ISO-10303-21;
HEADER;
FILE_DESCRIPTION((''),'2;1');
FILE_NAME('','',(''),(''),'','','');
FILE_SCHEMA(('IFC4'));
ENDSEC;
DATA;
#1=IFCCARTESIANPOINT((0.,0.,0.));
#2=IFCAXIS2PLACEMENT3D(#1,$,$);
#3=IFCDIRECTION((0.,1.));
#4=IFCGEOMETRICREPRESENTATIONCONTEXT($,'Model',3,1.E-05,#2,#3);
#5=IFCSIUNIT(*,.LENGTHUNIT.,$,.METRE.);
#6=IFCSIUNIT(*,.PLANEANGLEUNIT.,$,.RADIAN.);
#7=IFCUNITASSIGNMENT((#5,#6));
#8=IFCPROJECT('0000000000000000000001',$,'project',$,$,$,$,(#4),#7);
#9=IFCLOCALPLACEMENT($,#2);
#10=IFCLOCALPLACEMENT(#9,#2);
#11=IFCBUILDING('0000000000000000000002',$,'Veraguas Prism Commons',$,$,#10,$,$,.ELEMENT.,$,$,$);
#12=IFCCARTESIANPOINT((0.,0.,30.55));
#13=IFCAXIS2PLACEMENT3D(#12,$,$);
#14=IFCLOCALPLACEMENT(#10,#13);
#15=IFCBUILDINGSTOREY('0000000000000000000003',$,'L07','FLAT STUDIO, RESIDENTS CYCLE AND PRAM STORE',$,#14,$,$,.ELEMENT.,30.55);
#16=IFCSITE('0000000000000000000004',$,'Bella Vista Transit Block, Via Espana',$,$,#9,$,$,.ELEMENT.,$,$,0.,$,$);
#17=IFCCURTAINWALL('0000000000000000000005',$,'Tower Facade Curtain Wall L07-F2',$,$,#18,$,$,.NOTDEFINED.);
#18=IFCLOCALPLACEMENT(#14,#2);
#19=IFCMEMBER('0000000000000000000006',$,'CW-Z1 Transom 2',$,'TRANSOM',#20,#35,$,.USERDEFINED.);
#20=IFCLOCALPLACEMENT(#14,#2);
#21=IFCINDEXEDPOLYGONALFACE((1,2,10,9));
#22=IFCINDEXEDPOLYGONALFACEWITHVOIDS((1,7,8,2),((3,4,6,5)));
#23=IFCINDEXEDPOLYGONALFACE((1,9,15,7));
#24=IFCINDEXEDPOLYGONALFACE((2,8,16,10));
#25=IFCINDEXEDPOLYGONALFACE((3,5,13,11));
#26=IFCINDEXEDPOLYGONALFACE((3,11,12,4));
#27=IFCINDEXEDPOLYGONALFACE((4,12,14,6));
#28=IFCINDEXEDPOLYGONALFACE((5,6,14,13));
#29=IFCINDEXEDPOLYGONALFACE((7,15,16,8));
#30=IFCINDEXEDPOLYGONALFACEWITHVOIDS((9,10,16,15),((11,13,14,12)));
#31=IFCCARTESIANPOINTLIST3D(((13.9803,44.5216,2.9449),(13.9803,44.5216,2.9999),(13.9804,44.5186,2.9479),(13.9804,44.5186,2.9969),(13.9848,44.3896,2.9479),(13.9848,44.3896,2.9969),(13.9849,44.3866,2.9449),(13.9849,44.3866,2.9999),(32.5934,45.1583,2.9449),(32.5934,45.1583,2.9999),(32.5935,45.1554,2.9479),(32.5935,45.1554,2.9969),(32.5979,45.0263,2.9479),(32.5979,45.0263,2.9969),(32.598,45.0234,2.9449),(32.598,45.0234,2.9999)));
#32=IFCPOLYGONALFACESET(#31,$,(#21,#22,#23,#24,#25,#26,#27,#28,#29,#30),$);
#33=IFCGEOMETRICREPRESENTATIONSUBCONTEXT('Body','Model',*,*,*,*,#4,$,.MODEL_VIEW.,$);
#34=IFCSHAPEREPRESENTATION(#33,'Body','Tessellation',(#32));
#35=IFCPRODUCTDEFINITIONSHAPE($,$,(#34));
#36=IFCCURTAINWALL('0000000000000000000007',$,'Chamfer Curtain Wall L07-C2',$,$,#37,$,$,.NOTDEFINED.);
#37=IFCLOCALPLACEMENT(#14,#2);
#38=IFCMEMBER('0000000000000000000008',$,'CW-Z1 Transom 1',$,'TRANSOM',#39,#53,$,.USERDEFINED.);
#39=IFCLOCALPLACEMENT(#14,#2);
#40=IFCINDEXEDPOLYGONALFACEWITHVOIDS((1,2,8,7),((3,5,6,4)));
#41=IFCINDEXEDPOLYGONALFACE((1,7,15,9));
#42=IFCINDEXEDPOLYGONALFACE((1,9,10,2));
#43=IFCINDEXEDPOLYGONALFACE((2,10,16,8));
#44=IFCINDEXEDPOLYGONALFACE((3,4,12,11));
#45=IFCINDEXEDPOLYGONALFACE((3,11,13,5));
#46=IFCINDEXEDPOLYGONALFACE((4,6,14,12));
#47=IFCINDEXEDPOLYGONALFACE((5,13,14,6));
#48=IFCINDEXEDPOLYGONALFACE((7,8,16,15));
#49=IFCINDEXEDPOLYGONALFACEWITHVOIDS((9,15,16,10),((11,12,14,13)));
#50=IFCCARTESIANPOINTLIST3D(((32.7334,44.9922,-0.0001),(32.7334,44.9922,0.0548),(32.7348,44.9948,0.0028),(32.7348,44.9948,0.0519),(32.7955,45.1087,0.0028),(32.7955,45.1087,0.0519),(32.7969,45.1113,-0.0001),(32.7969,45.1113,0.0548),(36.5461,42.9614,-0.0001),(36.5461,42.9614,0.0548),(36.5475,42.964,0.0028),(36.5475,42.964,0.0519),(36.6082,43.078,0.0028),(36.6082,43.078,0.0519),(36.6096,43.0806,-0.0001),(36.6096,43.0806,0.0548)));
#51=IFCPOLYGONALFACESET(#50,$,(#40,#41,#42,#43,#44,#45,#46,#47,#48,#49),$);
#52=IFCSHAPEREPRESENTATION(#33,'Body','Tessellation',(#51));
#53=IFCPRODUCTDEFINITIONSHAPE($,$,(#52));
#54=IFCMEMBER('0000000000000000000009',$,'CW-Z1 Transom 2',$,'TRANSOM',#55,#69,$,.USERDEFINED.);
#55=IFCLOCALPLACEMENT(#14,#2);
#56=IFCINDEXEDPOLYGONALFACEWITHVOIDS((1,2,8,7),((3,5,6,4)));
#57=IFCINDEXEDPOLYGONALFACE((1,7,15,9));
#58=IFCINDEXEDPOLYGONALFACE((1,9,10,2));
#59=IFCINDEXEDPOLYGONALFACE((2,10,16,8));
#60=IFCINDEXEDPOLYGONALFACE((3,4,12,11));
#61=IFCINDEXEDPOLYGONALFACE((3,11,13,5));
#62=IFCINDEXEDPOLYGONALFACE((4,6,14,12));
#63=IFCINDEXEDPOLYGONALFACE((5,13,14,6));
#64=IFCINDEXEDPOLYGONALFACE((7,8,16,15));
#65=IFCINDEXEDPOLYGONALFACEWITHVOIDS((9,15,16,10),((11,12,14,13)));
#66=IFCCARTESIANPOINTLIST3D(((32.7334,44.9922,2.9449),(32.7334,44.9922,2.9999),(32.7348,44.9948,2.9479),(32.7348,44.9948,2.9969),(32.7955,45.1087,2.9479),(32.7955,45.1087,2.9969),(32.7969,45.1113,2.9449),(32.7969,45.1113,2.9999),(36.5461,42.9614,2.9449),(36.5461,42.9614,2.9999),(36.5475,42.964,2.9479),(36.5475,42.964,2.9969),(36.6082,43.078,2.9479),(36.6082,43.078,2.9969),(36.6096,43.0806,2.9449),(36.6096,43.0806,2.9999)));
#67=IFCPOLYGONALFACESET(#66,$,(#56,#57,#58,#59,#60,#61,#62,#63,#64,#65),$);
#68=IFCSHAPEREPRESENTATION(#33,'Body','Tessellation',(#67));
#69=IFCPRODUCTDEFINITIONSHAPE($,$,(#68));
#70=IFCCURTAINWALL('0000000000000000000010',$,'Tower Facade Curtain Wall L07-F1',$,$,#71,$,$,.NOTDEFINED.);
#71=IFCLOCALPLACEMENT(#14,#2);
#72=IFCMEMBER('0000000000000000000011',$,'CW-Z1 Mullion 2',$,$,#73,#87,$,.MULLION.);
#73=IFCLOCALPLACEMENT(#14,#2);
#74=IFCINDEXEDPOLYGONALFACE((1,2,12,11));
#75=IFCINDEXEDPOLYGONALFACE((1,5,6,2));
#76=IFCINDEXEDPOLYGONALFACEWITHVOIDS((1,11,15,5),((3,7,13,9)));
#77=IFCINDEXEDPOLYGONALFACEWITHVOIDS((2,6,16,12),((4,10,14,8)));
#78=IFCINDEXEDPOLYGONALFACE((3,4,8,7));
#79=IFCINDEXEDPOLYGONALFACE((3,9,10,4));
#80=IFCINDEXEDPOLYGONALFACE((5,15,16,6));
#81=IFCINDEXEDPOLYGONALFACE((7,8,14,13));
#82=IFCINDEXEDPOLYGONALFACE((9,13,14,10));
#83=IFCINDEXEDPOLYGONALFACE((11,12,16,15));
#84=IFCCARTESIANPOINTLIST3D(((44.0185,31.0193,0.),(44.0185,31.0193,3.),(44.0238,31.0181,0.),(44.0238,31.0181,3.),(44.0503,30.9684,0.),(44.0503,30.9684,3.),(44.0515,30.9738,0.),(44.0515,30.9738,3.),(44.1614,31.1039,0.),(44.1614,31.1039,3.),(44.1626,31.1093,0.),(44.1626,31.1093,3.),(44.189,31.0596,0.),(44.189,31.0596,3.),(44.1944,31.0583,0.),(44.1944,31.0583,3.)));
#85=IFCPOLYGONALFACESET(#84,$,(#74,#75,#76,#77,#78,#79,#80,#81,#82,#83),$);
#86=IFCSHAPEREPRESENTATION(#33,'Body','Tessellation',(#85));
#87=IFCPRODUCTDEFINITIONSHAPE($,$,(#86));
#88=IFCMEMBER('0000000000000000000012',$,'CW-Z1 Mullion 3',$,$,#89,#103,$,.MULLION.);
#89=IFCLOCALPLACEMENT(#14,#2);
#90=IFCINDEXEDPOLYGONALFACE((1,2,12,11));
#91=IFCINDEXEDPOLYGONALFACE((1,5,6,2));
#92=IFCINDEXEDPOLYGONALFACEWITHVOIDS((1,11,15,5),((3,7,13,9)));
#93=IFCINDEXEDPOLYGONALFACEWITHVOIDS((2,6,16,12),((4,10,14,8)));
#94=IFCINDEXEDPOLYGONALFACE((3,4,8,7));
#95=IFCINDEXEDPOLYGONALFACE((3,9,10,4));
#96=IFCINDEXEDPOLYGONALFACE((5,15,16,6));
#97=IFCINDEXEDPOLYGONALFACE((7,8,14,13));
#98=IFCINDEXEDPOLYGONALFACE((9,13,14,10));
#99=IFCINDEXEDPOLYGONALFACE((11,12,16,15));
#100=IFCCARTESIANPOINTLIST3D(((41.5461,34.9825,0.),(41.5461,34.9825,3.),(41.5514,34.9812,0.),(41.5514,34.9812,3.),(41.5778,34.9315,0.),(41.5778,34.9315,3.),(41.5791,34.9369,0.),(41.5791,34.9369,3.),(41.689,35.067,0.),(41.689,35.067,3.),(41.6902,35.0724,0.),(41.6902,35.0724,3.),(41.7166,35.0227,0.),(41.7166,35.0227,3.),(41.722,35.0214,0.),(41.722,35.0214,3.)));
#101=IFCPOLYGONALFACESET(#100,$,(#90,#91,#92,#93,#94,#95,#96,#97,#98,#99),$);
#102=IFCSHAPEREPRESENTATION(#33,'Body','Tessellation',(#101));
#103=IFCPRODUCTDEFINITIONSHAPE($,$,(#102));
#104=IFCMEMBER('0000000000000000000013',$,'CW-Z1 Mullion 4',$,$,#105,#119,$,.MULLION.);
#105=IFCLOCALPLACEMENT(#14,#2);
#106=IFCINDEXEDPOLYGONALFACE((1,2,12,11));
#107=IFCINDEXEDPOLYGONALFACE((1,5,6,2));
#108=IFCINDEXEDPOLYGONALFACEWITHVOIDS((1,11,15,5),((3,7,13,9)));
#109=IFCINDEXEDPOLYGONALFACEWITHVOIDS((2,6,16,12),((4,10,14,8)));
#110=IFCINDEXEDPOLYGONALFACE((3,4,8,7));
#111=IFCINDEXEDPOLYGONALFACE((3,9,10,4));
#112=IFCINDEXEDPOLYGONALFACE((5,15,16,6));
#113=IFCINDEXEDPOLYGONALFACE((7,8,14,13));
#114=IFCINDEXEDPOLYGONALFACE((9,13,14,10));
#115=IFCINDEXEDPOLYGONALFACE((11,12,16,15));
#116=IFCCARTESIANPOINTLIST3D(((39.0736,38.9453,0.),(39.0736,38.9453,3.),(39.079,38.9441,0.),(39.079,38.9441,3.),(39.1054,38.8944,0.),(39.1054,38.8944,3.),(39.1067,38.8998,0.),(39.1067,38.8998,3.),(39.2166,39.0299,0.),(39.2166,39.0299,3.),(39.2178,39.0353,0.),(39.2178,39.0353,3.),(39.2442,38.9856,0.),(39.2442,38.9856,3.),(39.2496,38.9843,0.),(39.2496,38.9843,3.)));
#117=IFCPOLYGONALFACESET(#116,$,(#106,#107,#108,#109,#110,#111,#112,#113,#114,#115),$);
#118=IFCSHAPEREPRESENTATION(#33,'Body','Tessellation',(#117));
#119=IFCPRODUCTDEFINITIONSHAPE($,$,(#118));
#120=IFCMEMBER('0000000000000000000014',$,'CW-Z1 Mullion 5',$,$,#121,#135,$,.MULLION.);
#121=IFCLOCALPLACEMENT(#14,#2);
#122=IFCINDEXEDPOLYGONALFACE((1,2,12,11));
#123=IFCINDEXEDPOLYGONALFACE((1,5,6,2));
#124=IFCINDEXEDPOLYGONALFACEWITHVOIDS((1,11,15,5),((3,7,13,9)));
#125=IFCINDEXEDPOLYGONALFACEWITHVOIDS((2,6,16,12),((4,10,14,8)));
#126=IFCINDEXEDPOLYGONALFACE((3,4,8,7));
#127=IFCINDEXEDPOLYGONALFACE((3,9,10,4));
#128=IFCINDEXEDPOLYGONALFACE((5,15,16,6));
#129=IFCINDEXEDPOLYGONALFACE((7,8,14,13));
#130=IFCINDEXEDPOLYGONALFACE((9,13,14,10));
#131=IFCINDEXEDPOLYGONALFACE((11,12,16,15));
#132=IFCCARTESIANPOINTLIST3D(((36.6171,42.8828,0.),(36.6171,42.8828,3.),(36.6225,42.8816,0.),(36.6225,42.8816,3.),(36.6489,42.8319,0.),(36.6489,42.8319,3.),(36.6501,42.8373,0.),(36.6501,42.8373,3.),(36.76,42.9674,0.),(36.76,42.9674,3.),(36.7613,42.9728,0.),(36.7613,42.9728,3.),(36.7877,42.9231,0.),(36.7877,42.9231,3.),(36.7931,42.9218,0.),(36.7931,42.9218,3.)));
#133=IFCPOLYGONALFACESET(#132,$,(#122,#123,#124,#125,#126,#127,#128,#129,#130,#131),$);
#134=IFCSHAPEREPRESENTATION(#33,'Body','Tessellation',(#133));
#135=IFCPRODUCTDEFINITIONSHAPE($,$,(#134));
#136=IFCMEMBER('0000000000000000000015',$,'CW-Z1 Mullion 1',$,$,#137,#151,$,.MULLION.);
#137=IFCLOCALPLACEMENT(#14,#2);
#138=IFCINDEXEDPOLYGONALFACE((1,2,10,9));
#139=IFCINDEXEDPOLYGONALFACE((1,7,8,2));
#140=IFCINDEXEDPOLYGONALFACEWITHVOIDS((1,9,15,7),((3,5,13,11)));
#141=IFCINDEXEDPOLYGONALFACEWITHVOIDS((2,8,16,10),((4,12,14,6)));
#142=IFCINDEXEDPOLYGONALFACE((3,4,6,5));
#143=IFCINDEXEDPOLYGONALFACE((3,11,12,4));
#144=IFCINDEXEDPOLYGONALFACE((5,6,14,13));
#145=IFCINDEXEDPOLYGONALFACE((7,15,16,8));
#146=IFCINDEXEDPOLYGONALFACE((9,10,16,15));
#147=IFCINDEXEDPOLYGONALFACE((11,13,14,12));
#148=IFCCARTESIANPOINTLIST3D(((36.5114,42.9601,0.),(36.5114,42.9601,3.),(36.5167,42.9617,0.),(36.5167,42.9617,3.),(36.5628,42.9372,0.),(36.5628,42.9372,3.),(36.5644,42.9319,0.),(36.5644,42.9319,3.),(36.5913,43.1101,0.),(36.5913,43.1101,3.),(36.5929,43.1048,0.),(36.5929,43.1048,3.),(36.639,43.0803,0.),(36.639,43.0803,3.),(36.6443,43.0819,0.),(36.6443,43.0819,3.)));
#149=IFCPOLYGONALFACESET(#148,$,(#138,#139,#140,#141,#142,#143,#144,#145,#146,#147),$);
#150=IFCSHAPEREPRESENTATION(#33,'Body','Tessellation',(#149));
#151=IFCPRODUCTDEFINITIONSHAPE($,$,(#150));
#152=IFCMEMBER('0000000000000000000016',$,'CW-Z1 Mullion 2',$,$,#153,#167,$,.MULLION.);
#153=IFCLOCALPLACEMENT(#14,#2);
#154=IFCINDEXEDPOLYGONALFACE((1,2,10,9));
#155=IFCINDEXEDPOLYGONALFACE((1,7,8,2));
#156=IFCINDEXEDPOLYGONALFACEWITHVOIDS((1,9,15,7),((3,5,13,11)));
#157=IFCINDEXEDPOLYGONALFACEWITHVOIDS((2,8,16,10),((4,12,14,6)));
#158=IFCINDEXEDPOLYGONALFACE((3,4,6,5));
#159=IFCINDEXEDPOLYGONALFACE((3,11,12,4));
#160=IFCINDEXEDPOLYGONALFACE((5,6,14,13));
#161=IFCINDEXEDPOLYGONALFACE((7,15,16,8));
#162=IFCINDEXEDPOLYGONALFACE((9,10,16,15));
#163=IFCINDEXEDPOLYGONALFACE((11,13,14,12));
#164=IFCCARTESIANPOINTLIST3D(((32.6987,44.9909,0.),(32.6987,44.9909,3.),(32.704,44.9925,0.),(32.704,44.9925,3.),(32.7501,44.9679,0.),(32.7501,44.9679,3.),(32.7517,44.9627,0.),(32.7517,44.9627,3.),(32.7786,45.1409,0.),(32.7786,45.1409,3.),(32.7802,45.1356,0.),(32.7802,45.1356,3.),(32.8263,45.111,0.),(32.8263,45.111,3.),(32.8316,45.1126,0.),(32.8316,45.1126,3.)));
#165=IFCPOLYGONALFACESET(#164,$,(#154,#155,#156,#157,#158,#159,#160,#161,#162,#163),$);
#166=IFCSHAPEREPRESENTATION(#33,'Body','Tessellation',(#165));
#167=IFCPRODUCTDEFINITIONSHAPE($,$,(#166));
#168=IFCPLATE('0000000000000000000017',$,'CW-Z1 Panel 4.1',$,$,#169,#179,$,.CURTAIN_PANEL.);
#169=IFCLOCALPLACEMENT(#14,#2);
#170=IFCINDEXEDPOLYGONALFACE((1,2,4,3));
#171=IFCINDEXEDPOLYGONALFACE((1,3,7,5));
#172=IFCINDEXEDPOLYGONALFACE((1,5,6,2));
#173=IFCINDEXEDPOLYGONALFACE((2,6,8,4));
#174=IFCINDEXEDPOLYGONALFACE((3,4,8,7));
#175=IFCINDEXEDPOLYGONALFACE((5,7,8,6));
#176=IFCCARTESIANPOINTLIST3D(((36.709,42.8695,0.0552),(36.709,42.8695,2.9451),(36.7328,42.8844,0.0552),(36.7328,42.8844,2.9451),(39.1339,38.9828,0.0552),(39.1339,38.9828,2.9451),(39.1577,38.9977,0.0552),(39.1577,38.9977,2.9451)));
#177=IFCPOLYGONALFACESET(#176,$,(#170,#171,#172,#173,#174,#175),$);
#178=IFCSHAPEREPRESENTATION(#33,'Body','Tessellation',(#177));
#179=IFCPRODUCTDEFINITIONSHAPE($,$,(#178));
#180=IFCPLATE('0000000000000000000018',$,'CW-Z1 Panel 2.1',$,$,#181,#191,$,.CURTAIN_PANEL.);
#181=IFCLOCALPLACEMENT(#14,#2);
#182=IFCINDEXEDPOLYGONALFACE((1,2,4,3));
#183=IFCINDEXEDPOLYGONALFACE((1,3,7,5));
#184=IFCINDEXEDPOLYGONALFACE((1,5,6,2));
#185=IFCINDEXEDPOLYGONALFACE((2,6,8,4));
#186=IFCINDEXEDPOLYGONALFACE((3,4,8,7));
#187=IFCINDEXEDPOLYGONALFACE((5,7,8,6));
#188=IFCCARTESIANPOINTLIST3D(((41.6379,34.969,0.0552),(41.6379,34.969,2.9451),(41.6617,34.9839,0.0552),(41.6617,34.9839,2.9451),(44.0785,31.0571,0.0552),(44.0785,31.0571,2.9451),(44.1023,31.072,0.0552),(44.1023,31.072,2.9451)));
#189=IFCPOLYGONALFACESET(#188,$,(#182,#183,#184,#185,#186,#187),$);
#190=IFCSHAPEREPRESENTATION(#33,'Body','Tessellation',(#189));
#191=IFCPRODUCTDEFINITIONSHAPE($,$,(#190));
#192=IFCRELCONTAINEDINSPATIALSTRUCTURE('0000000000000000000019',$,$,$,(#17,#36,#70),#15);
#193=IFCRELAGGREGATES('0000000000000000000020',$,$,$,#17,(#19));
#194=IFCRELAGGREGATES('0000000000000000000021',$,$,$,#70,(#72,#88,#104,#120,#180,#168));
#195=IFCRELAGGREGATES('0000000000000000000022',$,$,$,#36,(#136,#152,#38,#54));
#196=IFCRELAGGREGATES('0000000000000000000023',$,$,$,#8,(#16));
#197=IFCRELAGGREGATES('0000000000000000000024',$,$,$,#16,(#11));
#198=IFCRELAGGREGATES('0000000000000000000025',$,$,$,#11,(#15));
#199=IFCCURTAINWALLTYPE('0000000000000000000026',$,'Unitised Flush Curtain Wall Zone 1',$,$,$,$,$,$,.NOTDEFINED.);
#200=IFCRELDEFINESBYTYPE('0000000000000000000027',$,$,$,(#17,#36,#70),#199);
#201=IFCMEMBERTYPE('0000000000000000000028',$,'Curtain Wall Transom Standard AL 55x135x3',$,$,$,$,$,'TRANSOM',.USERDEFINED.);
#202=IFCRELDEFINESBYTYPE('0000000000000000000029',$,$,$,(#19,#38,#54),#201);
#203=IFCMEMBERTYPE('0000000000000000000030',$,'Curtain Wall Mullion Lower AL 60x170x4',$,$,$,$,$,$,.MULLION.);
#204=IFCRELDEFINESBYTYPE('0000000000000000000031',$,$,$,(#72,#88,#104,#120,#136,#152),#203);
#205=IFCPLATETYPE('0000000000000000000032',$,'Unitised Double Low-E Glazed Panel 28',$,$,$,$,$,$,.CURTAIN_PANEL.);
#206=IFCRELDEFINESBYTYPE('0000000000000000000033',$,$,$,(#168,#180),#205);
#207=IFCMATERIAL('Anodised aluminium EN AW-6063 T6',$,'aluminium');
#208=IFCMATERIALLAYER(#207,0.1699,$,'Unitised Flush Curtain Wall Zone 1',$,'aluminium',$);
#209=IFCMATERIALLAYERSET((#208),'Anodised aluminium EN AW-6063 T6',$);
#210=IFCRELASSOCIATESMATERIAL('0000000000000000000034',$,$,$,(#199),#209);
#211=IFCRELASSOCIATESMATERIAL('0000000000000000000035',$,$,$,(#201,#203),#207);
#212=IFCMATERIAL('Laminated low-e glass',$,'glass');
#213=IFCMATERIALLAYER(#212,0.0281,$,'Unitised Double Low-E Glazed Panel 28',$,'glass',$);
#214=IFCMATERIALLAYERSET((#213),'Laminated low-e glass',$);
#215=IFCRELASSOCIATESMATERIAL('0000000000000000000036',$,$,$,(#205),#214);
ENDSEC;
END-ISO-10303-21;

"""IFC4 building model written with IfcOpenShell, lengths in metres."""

from ifc_helpers import new_model, si_unit, direction, frame, origin, origin_2d, place, context, subcontext, project, spatial, rectangle, hollow_rectangle, extrude, source, transform, mapped, material, layer, layer_set, material_profile, profile_set, type_object, element, aggregate, save


model = new_model("IFC4")

# Units and contexts
model_context = context("Model", 3, precision=1e-05, world=origin(), true_north=direction((0.0, 1.0)))
body_context = subcontext(model_context, "Body", "Model", "MODEL_VIEW")
ifc_project = project(units=[si_unit("LENGTHUNIT", "METRE"), si_unit("PLANEANGLEUNIT", "RADIAN")], contexts=[model_context])

# Site, building, storey
site_placement = place(None, origin())
site = spatial("IfcSite", under=ifc_project, at=site_placement, Name="Bella Vista Transit Block, Via Espana", CompositionType="ELEMENT", RefElevation=0.0)
building_placement = place(site_placement, origin())
building = spatial("IfcBuilding", under=site, at=building_placement, Name="Veraguas Prism Commons", CompositionType="ELEMENT")
storey_placement = place(building_placement, frame((0.0, 0.0, 30.55)))
storey = spatial("IfcBuildingStorey", under=building, at=storey_placement, Name="L07", Description="FLAT STUDIO, RESIDENTS CYCLE AND PRAM STORE", CompositionType="ELEMENT", Elevation=30.55)

# Curtain wall, member
ifc_material_1 = material(Name="Anodised aluminium EN AW-6063 T6", Category="aluminium")
ifc_layer_1 = layer(ifc_material_1, 0.1699, Name="Unitised Flush Curtain Wall Zone 1", Category="aluminium")
ifc_layer_set_1 = layer_set([ifc_layer_1], Name="Anodised aluminium EN AW-6063 T6")
curtain_wall_type = type_object("IfcCurtainWallType", Name="Unitised Flush Curtain Wall Zone 1", PredefinedType="NOTDEFINED", material=ifc_layer_set_1)
curtain_wall_1_placement = place(storey_placement, origin())
curtain_wall_1 = element("IfcCurtainWall", 1, at=curtain_wall_1_placement, inside=storey, type_object=curtain_wall_type, Name="Tower Facade Curtain Wall L07-F2", PredefinedType="NOTDEFINED")
ifc_material_profile_1 = material_profile(ifc_material_1, hollow_rectangle(XDim=0.0549, YDim=0.135, WallThickness=0.0029, at=origin_2d()), Name="AL55X135X3")
ifc_profile_set_1 = profile_set([ifc_material_profile_1], Name="Anodised aluminium EN AW-6063 T6")
member_type_1 = type_object("IfcMemberType", Name="Curtain Wall Transom Standard AL 55x135x3", ElementType="TRANSOM", PredefinedType="USERDEFINED", material=ifc_profile_set_1)
shared_shape_1 = source(origin(), body_context, "Body", "SweptSolid", [
    extrude(hollow_rectangle(XDim=0.0549, YDim=0.135, WallThickness=0.0029, at=origin_2d()), origin(), (0.0, 0.0, 1.0), 18.624),
])
member_1_placement = place(storey_placement, frame((32.5957, 45.0908, 2.9724), z_axis=(-0.999415, -0.034188, 0.0), x_axis=(0.0, 0.0, 1.0)))
member_1 = element("IfcMember", 2, at=member_1_placement, type_object=member_type_1, Name="CW-Z1 Transom 2", ObjectType="TRANSOM", PredefinedType="USERDEFINED", context=body_context, shape_type="MappedRepresentation", body=[
    mapped(shared_shape_1, transform((0.0, 0.0, 0.0), scale=1.0)),
])
aggregate(curtain_wall_1, [member_1])

# Curtain walls, members
curtain_wall_2_placement = place(storey_placement, origin())
curtain_wall_2 = element("IfcCurtainWall", 3, at=curtain_wall_2_placement, inside=storey, type_object=curtain_wall_type, Name="Chamfer Curtain Wall L07-C2", PredefinedType="NOTDEFINED")
shared_shape_2 = source(origin(), body_context, "Body", "SweptSolid", [
    extrude(hollow_rectangle(XDim=0.0549, YDim=0.135, WallThickness=0.0029, at=origin_2d()), origin(), (0.0, 0.0, 1.0), 4.3198),
])
member_2_placement = place(storey_placement, frame((36.5779, 43.021, 0.0273), z_axis=(-0.882613, 0.470101, 0.0), x_axis=(0.0, 0.0, 1.0)))
member_2 = element("IfcMember", 4, at=member_2_placement, type_object=member_type_1, Name="CW-Z1 Transom 1", ObjectType="TRANSOM", PredefinedType="USERDEFINED", context=body_context, shape_type="MappedRepresentation", body=[
    mapped(shared_shape_2, transform((0.0, 0.0, 0.0), scale=1.0)),
])
member_3_placement = place(storey_placement, frame((36.5779, 43.021, 2.9724), z_axis=(-0.882613, 0.470101, 0.0), x_axis=(0.0, 0.0, 1.0)))
member_3 = element("IfcMember", 5, at=member_3_placement, type_object=member_type_1, Name="CW-Z1 Transom 2", ObjectType="TRANSOM", PredefinedType="USERDEFINED", context=body_context, shape_type="MappedRepresentation", body=[
    mapped(shared_shape_2, transform((0.0, 0.0, 0.0), scale=1.0)),
])
curtain_wall_3_placement = place(storey_placement, origin())
curtain_wall_3 = element("IfcCurtainWall", 6, at=curtain_wall_3_placement, inside=storey, type_object=curtain_wall_type, Name="Tower Facade Curtain Wall L07-F1", PredefinedType="NOTDEFINED")
ifc_material_profile_2 = material_profile(ifc_material_1, hollow_rectangle(XDim=0.0601, YDim=0.1699, WallThickness=0.0039, at=origin_2d()), Name="AL60X170X4")
ifc_profile_set_2 = profile_set([ifc_material_profile_2], Name="Anodised aluminium EN AW-6063 T6")
member_type_2 = type_object("IfcMemberType", Name="Curtain Wall Mullion Lower AL 60x170x4", PredefinedType="MULLION", material=ifc_profile_set_2)
shared_shape_3 = source(origin(), body_context, "Body", "SweptSolid", [
    extrude(hollow_rectangle(XDim=0.0601, YDim=0.1699, WallThickness=0.0039, at=origin_2d()), origin(), (0.0, 0.0, 1.0), 3.0),
])
member_4_placement = place(storey_placement, frame((44.1064, 31.0388, 0.0), z_axis=(0.0, 0.0, 1.0), x_axis=(-0.529324, 0.84842, 0.0)))
member_4 = element("IfcMember", 7, at=member_4_placement, type_object=member_type_2, Name="CW-Z1 Mullion 2", PredefinedType="MULLION", context=body_context, shape_type="MappedRepresentation", body=[
    mapped(shared_shape_3, transform((0.0, 0.0, 0.0), scale=1.0)),
])
member_5_placement = place(storey_placement, frame((41.634, 35.002, 0.0), z_axis=(0.0, 0.0, 1.0), x_axis=(-0.529324, 0.84842, 0.0)))
member_5 = element("IfcMember", 8, at=member_5_placement, type_object=member_type_2, Name="CW-Z1 Mullion 3", PredefinedType="MULLION", context=body_context, shape_type="MappedRepresentation", body=[
    mapped(shared_shape_3, transform((0.0, 0.0, 0.0), scale=1.0)),
])
member_6_placement = place(storey_placement, frame((39.1616, 38.9648, 0.0), z_axis=(0.0, 0.0, 1.0), x_axis=(-0.529324, 0.84842, 0.0)))
member_6 = element("IfcMember", 9, at=member_6_placement, type_object=member_type_2, Name="CW-Z1 Mullion 4", PredefinedType="MULLION", context=body_context, shape_type="MappedRepresentation", body=[
    mapped(shared_shape_3, transform((0.0, 0.0, 0.0), scale=1.0)),
])
member_7_placement = place(storey_placement, frame((36.7051, 42.9023, 0.0), z_axis=(0.0, 0.0, 1.0), x_axis=(-0.529324, 0.84842, 0.0)))
member_7 = element("IfcMember", 10, at=member_7_placement, type_object=member_type_2, Name="CW-Z1 Mullion 5", PredefinedType="MULLION", context=body_context, shape_type="MappedRepresentation", body=[
    mapped(shared_shape_3, transform((0.0, 0.0, 0.0), scale=1.0)),
])

# Members
member_8_placement = place(storey_placement, frame((36.5779, 43.021, 0.0), z_axis=(0.0, 0.0, 1.0), x_axis=(-0.88261, 0.470106, 0.0)))
member_8 = element("IfcMember", 11, at=member_8_placement, type_object=member_type_2, Name="CW-Z1 Mullion 1", PredefinedType="MULLION", context=body_context, shape_type="MappedRepresentation", body=[
    mapped(shared_shape_3, transform((0.0, 0.0, 0.0), scale=1.0)),
])
member_9_placement = place(storey_placement, frame((32.7651, 45.0518, 0.0), z_axis=(0.0, 0.0, 1.0), x_axis=(-0.88261, 0.470106, 0.0)))
member_9 = element("IfcMember", 12, at=member_9_placement, type_object=member_type_2, Name="CW-Z1 Mullion 2", PredefinedType="MULLION", context=body_context, shape_type="MappedRepresentation", body=[
    mapped(shared_shape_3, transform((0.0, 0.0, 0.0), scale=1.0)),
])

# Plates
ifc_material_2 = material(Name="Laminated low-e glass", Category="glass")
ifc_layer_2 = layer(ifc_material_2, 0.0281, Name="Unitised Double Low-E Glazed Panel 28", Category="glass")
ifc_layer_set_2 = layer_set([ifc_layer_2], Name="Laminated low-e glass")
plate_type = type_object("IfcPlateType", Name="Unitised Double Low-E Glazed Panel 28", PredefinedType="CURTAIN_PANEL", material=ifc_layer_set_2)
shared_shape_4 = source(origin(), body_context, "Body", "SweptSolid", [
    extrude(rectangle(XDim=4.5811, YDim=0.0281, at=origin_2d()), origin(), (0.0, 0.0, 1.0), 2.8899),
])
plate_1_placement = place(storey_placement, frame((37.9333, 40.9336, 0.0552), z_axis=(0.0, 0.0, 1.0), x_axis=(-0.529324, 0.84842, 0.0)))
plate_1 = element("IfcPlate", 13, at=plate_1_placement, type_object=plate_type, Name="CW-Z1 Panel 4.1", PredefinedType="CURTAIN_PANEL", context=body_context, shape_type="MappedRepresentation", body=[
    mapped(shared_shape_4, transform((0.0, 0.0, 0.0), scale=1.0)),
])
shared_shape_5 = source(origin(), body_context, "Body", "SweptSolid", [
    extrude(rectangle(XDim=4.6108, YDim=0.0281, at=origin_2d()), origin(), (0.0, 0.0, 1.0), 2.8899),
])
plate_2_placement = place(storey_placement, frame((42.8701, 33.0205, 0.0552), z_axis=(0.0, 0.0, 1.0), x_axis=(-0.529324, 0.84842, 0.0)))
plate_2 = element("IfcPlate", 14, at=plate_2_placement, type_object=plate_type, Name="CW-Z1 Panel 2.1", PredefinedType="CURTAIN_PANEL", context=body_context, shape_type="MappedRepresentation", body=[
    mapped(shared_shape_5, transform((0.0, 0.0, 0.0), scale=1.0)),
])
aggregate(curtain_wall_3, [member_4, member_5, member_6, member_7, plate_2, plate_1])
aggregate(curtain_wall_2, [member_8, member_9, member_2, member_3])

save(model, "model.ifc")
